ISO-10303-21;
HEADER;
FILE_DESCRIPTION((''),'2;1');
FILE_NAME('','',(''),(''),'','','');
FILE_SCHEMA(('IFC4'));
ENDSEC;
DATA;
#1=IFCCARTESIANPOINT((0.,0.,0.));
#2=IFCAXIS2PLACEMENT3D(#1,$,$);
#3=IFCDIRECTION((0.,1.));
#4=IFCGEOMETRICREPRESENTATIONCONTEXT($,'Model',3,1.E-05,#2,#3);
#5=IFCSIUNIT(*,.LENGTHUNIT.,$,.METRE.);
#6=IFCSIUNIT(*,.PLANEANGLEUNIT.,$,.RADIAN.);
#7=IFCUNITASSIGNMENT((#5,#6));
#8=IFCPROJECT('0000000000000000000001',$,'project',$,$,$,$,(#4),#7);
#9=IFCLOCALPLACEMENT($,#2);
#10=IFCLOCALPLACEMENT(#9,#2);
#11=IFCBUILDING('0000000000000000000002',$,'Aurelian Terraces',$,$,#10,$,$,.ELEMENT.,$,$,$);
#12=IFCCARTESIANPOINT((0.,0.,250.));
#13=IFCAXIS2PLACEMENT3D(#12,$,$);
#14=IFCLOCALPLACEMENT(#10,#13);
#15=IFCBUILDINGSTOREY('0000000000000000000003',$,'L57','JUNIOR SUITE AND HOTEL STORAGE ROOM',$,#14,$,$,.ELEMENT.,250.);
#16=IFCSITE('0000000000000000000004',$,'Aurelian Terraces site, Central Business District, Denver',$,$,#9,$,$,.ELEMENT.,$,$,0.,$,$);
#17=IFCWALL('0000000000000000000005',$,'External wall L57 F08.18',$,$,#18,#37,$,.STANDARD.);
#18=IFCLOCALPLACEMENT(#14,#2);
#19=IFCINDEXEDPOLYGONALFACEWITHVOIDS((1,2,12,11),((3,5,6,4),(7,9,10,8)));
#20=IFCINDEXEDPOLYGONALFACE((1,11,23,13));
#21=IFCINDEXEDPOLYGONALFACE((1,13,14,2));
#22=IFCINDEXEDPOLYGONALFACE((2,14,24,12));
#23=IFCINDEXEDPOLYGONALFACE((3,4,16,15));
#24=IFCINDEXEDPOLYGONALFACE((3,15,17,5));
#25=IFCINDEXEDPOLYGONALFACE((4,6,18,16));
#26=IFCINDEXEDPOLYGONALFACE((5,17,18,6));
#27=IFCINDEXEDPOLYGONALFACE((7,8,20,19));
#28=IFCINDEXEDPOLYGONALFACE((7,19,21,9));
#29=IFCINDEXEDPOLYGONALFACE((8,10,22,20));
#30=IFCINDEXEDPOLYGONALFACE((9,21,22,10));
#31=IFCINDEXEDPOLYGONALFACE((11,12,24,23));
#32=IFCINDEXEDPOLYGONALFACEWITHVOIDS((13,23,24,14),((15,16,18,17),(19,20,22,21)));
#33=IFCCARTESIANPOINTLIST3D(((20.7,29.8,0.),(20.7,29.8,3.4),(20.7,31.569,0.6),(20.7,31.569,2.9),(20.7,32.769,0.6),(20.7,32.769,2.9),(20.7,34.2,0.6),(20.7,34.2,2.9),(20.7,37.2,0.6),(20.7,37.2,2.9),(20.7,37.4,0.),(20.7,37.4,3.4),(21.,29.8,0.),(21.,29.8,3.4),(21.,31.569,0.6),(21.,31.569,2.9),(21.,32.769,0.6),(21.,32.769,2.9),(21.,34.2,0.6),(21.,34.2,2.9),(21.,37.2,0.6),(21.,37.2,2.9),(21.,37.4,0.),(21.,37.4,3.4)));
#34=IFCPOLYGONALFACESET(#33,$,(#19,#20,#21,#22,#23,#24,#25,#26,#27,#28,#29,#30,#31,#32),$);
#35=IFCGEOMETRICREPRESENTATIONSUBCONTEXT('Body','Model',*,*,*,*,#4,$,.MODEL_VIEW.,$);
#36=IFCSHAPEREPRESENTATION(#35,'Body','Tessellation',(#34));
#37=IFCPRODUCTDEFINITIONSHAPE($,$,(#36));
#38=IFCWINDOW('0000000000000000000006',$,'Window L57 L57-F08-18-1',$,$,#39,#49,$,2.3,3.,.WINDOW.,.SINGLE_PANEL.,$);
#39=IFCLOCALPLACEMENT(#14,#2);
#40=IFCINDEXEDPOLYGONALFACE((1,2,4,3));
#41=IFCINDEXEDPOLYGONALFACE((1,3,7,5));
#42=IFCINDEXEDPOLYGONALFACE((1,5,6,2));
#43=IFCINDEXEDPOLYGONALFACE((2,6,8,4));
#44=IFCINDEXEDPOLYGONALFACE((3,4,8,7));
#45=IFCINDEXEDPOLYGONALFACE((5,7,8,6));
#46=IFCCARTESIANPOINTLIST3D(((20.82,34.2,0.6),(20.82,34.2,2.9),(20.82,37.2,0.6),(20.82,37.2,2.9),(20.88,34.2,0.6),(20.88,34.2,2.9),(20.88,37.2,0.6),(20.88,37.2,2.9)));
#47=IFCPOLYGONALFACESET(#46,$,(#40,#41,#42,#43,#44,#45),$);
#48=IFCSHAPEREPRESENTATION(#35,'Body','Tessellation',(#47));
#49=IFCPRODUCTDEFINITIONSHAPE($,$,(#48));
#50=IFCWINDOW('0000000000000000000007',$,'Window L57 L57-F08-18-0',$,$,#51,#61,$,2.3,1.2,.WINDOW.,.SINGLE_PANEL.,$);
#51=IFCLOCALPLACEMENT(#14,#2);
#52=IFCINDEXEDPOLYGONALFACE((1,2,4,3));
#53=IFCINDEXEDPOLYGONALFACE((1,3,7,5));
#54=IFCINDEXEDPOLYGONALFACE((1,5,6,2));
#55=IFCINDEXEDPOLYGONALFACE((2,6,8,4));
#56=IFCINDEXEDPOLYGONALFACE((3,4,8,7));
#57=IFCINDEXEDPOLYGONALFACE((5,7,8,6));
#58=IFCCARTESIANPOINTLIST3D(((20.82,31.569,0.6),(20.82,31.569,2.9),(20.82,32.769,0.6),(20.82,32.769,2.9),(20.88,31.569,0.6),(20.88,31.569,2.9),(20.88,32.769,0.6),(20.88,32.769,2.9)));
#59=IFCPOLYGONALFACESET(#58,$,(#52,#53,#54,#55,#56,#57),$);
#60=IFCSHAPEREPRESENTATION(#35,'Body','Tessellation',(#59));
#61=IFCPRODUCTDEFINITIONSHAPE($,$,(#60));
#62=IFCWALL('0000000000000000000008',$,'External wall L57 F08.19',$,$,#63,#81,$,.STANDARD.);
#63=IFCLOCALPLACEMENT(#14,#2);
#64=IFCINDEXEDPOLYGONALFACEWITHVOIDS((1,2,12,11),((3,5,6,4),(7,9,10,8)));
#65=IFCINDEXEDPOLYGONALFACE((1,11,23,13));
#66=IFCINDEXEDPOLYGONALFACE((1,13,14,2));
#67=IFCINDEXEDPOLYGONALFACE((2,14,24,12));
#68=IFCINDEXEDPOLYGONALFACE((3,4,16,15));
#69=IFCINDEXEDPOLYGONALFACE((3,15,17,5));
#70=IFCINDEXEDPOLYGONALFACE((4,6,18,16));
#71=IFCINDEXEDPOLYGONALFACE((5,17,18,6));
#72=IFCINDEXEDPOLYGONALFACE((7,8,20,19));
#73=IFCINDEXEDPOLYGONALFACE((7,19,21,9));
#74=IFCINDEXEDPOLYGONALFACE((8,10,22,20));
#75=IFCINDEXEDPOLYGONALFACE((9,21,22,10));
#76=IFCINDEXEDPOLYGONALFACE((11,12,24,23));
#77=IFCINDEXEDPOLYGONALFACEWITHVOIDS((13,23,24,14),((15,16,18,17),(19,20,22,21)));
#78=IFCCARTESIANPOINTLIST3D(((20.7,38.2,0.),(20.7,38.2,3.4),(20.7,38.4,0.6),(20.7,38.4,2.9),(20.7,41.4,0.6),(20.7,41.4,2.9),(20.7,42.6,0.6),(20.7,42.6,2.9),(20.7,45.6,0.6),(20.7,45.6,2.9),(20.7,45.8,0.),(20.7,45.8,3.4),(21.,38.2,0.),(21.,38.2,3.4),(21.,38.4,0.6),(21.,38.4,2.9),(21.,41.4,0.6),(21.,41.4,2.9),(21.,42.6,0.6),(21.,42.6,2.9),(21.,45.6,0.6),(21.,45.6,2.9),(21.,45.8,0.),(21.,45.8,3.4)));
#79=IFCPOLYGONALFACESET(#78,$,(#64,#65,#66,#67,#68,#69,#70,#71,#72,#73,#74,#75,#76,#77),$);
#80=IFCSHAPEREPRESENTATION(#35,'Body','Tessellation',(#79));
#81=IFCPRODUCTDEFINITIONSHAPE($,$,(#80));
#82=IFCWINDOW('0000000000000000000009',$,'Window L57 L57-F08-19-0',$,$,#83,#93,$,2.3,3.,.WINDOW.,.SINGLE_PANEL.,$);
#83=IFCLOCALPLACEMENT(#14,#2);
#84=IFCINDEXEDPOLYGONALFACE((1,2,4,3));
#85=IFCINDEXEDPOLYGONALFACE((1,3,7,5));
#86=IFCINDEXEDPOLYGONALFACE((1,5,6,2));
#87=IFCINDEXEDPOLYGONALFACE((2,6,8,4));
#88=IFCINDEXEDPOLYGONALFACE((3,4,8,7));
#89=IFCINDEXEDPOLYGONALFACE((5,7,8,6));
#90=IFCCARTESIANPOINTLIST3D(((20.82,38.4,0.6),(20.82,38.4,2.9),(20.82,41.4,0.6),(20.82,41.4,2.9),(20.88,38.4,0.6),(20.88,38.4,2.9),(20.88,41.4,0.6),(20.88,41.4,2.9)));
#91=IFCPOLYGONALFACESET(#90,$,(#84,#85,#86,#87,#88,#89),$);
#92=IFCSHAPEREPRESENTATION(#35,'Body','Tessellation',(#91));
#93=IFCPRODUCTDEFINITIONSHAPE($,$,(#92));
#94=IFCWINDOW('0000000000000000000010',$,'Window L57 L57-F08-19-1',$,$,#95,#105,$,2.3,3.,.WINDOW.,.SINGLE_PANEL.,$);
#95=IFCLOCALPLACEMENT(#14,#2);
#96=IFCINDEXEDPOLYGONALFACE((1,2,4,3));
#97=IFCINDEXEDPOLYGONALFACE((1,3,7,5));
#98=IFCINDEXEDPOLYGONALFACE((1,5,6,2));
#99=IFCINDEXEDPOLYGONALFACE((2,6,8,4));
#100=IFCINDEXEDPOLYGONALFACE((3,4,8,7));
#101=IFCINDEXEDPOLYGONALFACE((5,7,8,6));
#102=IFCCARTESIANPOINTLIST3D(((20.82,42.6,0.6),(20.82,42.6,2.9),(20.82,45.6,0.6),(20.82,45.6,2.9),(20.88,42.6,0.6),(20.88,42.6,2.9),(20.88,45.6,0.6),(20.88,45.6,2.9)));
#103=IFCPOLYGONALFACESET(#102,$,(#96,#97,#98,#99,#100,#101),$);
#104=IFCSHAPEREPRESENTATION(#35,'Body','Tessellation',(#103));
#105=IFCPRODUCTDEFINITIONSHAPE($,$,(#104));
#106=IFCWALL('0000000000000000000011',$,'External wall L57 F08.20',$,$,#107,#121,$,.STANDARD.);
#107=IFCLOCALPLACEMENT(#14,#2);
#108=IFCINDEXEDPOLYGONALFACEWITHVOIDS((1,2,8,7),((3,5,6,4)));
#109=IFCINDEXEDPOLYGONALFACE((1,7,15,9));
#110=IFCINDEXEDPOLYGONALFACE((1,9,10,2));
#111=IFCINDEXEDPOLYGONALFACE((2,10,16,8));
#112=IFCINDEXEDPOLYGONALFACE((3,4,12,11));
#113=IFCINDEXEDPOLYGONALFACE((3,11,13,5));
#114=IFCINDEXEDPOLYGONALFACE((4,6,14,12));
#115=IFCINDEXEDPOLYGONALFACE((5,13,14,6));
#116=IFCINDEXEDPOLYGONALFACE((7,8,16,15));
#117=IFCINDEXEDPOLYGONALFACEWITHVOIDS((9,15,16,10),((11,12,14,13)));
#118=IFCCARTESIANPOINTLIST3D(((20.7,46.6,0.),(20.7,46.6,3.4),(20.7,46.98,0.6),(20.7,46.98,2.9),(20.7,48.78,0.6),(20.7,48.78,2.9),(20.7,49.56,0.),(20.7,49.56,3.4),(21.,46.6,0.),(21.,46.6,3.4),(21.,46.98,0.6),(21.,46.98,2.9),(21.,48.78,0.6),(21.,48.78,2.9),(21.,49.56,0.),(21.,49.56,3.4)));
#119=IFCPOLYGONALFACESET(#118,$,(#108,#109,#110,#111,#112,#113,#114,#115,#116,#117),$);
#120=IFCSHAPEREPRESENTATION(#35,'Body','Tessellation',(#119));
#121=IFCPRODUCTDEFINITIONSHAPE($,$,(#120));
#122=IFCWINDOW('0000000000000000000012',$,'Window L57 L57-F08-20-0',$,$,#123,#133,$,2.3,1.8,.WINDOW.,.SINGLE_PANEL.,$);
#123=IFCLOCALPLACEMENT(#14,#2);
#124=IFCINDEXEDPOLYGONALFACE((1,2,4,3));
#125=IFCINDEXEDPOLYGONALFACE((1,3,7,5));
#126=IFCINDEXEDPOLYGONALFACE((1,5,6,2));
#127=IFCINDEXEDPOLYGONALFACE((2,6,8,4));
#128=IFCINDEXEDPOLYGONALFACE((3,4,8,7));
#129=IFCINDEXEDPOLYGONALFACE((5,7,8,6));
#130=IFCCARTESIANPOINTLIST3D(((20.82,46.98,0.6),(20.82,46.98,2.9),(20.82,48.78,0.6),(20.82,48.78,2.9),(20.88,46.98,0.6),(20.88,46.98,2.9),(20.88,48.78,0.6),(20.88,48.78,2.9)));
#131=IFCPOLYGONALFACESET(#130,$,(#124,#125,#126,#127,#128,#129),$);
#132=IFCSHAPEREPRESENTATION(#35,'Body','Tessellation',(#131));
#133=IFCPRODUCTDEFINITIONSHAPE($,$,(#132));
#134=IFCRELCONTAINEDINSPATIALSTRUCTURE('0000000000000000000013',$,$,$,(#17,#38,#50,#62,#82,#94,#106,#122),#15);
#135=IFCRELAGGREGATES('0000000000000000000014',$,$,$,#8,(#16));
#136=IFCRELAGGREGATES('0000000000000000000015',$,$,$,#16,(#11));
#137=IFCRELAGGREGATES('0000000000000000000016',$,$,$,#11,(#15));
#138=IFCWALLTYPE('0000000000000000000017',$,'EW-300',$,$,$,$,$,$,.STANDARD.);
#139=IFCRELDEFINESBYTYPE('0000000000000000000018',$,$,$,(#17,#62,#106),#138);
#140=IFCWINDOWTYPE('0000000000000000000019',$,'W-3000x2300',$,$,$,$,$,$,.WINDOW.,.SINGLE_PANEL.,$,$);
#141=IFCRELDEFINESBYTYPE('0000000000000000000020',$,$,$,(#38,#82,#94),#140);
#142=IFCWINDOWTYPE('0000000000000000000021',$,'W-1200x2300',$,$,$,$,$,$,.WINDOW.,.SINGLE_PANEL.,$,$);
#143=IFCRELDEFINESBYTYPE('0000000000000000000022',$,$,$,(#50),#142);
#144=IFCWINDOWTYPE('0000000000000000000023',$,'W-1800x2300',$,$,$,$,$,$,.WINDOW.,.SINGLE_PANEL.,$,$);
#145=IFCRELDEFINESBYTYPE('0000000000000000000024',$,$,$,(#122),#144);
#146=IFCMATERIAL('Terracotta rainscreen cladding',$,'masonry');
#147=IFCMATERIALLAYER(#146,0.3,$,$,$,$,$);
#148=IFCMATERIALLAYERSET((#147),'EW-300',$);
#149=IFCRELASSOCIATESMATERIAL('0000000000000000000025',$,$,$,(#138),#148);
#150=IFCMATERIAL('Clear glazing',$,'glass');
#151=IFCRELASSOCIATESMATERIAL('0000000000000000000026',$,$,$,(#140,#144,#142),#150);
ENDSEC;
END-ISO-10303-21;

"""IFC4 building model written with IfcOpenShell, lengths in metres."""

from ifc_helpers import new_model, si_unit, direction, frame, frame_2d, origin, place, context, subcontext, project, spatial, rectangle, extrude, source, transform, mapped, material, layer, layer_set, type_object, element, fill, save


model = new_model("IFC4")

# Units and contexts
model_context = context("Model", 3, precision=1e-05, world=origin(), true_north=direction((0.0, 1.0)))
body_context = subcontext(model_context, "Body", "Model", "MODEL_VIEW")
ifc_project = project(units=[si_unit("LENGTHUNIT", "METRE"), si_unit("PLANEANGLEUNIT", "RADIAN")], contexts=[model_context])

# Site, building, storey
site_placement = place(None, origin())
site = spatial("IfcSite", under=ifc_project, at=site_placement, Name="Aurelian Terraces site, Central Business District, Denver", CompositionType="ELEMENT", RefElevation=0.0)
building_placement = place(site_placement, origin())
building = spatial("IfcBuilding", under=site, at=building_placement, Name="Aurelian Terraces", CompositionType="ELEMENT")
storey_placement = place(building_placement, frame((0.0, 0.0, 250.0)))
storey = spatial("IfcBuildingStorey", under=building, at=storey_placement, Name="L57", Description="JUNIOR SUITE AND HOTEL STORAGE ROOM", CompositionType="ELEMENT", Elevation=250.0)

# Shared definitions
ifc_material_1 = material(Name="Terracotta rainscreen cladding", Category="masonry")
ifc_layer_1 = layer(ifc_material_1, 0.3)
ifc_layer_set_1 = layer_set([ifc_layer_1], Name="EW-300")
wall_type_1 = type_object("IfcWallType", Name="EW-300", PredefinedType="STANDARD", material=ifc_layer_set_1)
shared_shape_1 = source(origin(), body_context, "Body", "SweptSolid", [
    extrude(rectangle(XDim=3.0, YDim=2.3, at=frame_2d((1.5, 1.15))), frame((0.0, 0.16, 0.0), z_axis=(0.0, -1.0, 0.0), x_axis=(1.0, 0.0, 0.0)), (0.0, 0.0, 1.0), 0.32),
])
ifc_material_2 = material(Name="Clear glazing", Category="glass")
window_type_1 = type_object("IfcWindowType", Name="W-3000x2300", PartitioningType="SINGLE_PANEL", PredefinedType="WINDOW", material=ifc_material_2)
shared_shape_2 = source(origin(), body_context, "Body", "SweptSolid", [
    extrude(rectangle(XDim=3.0, YDim=2.3, at=frame_2d((1.5, 1.15))), frame((0.0, 0.03, 0.0), z_axis=(0.0, -1.0, 0.0), x_axis=(1.0, 0.0, 0.0)), (0.0, 0.0, 1.0), 0.06),
])

# Walls, openings, windows
shared_shape_3 = source(origin(), body_context, "Body", "SweptSolid", [
    extrude(rectangle(XDim=1.8, YDim=2.3, at=frame_2d((0.9, 1.15))), frame((0.0, 0.16, 0.0), z_axis=(0.0, -1.0, 0.0), x_axis=(1.0, 0.0, 0.0)), (0.0, 0.0, 1.0), 0.32),
])
window_type_2 = type_object("IfcWindowType", Name="W-1800x2300", PartitioningType="SINGLE_PANEL", PredefinedType="WINDOW", material=ifc_material_2)
shared_shape_4 = source(origin(), body_context, "Body", "SweptSolid", [
    extrude(rectangle(XDim=1.8, YDim=2.3, at=frame_2d((0.9, 1.15))), frame((0.0, 0.03, 0.0), z_axis=(0.0, -1.0, 0.0), x_axis=(1.0, 0.0, 0.0)), (0.0, 0.0, 1.0), 0.06),
])
shared_shape_5 = source(origin(), body_context, "Body", "SweptSolid", [
    extrude(rectangle(XDim=7.6, YDim=0.3, at=frame_2d((3.8, 0.0))), origin(), (0.0, 0.0, 1.0), 3.4),
])
wall_1_placement = place(storey_placement, frame((20.85, 29.8, 0.0), z_axis=(0.0, 0.0, 1.0), x_axis=(0.0, 1.0, 0.0)))
wall_1 = element("IfcWall", 1, at=wall_1_placement, inside=storey, type_object=wall_type_1, Name="External wall L57 F08.18", PredefinedType="STANDARD", context=body_context, shape_type="MappedRepresentation", body=[
    mapped(shared_shape_5, transform((0.0, 0.0, 0.0), scale=1.0)),
])
shared_shape_6 = source(origin(), body_context, "Body", "SweptSolid", [
    extrude(rectangle(XDim=1.2, YDim=2.3, at=frame_2d((0.6, 1.15))), frame((0.0, 0.16, 0.0), z_axis=(0.0, -1.0, 0.0), x_axis=(1.0, 0.0, 0.0)), (0.0, 0.0, 1.0), 0.32),
])
opening_1_placement = place(wall_1_placement, frame((1.769, 0.0, 0.6)))
opening_1 = element("IfcOpeningElement", 2, at=opening_1_placement, cuts=wall_1, PredefinedType="OPENING", context=body_context, shape_type="MappedRepresentation", body=[
    mapped(shared_shape_6, transform((0.0, 0.0, 0.0), scale=1.0)),
])
opening_2_placement = place(wall_1_placement, frame((4.4, 0.0, 0.6)))
opening_2 = element("IfcOpeningElement", 3, at=opening_2_placement, cuts=wall_1, PredefinedType="OPENING", context=body_context, shape_type="MappedRepresentation", body=[
    mapped(shared_shape_1, transform((0.0, 0.0, 0.0), scale=1.0)),
])
window_1_placement = place(opening_2_placement, origin())
window_1 = element("IfcWindow", 4, at=window_1_placement, inside=storey, type_object=window_type_1, Name="Window L57 L57-F08-18-1", OverallHeight=2.3, OverallWidth=3.0, PartitioningType="SINGLE_PANEL", PredefinedType="WINDOW", context=body_context, shape_type="MappedRepresentation", body=[
    mapped(shared_shape_2, transform((0.0, 0.0, 0.0), scale=1.0)),
])
fill(opening_2, window_1)
window_type_3 = type_object("IfcWindowType", Name="W-1200x2300", PartitioningType="SINGLE_PANEL", PredefinedType="WINDOW", material=ifc_material_2)
shared_shape_7 = source(origin(), body_context, "Body", "SweptSolid", [
    extrude(rectangle(XDim=1.2, YDim=2.3, at=frame_2d((0.6, 1.15))), frame((0.0, 0.03, 0.0), z_axis=(0.0, -1.0, 0.0), x_axis=(1.0, 0.0, 0.0)), (0.0, 0.0, 1.0), 0.06),
])
window_2_placement = place(opening_1_placement, origin())
window_2 = element("IfcWindow", 5, at=window_2_placement, inside=storey, type_object=window_type_3, Name="Window L57 L57-F08-18-0", OverallHeight=2.3, OverallWidth=1.2, PartitioningType="SINGLE_PANEL", PredefinedType="WINDOW", context=body_context, shape_type="MappedRepresentation", body=[
    mapped(shared_shape_7, transform((0.0, 0.0, 0.0), scale=1.0)),
])
fill(opening_1, window_2)
wall_2_placement = place(storey_placement, frame((20.85, 38.2, 0.0), z_axis=(0.0, 0.0, 1.0), x_axis=(0.0, 1.0, 0.0)))
wall_2 = element("IfcWall", 6, at=wall_2_placement, inside=storey, type_object=wall_type_1, Name="External wall L57 F08.19", PredefinedType="STANDARD", context=body_context, shape_type="MappedRepresentation", body=[
    mapped(shared_shape_5, transform((0.0, 0.0, 0.0), scale=1.0)),
])
opening_3_placement = place(wall_2_placement, frame((0.2, 0.0, 0.6)))
opening_3 = element("IfcOpeningElement", 7, at=opening_3_placement, cuts=wall_2, PredefinedType="OPENING", context=body_context, shape_type="MappedRepresentation", body=[
    mapped(shared_shape_1, transform((0.0, 0.0, 0.0), scale=1.0)),
])
opening_4_placement = place(wall_2_placement, frame((4.4, 0.0, 0.6)))
opening_4 = element("IfcOpeningElement", 8, at=opening_4_placement, cuts=wall_2, PredefinedType="OPENING", context=body_context, shape_type="MappedRepresentation", body=[
    mapped(shared_shape_1, transform((0.0, 0.0, 0.0), scale=1.0)),
])
window_3_placement = place(opening_3_placement, origin())
window_3 = element("IfcWindow", 9, at=window_3_placement, inside=storey, type_object=window_type_1, Name="Window L57 L57-F08-19-0", OverallHeight=2.3, OverallWidth=3.0, PartitioningType="SINGLE_PANEL", PredefinedType="WINDOW", context=body_context, shape_type="MappedRepresentation", body=[
    mapped(shared_shape_2, transform((0.0, 0.0, 0.0), scale=1.0)),
])
fill(opening_3, window_3)
window_4_placement = place(opening_4_placement, origin())
window_4 = element("IfcWindow", 10, at=window_4_placement, inside=storey, type_object=window_type_1, Name="Window L57 L57-F08-19-1", OverallHeight=2.3, OverallWidth=3.0, PartitioningType="SINGLE_PANEL", PredefinedType="WINDOW", context=body_context, shape_type="MappedRepresentation", body=[
    mapped(shared_shape_2, transform((0.0, 0.0, 0.0), scale=1.0)),
])
fill(opening_4, window_4)

# Wall, opening, window
shared_shape_8 = source(origin(), body_context, "Body", "SweptSolid", [
    extrude(rectangle(XDim=2.96, YDim=0.3, at=frame_2d((1.48, 0.0))), origin(), (0.0, 0.0, 1.0), 3.4),
])
wall_3_placement = place(storey_placement, frame((20.85, 46.6, 0.0), z_axis=(0.0, 0.0, 1.0), x_axis=(0.0, 1.0, 0.0)))
wall_3 = element("IfcWall", 11, at=wall_3_placement, inside=storey, type_object=wall_type_1, Name="External wall L57 F08.20", PredefinedType="STANDARD", context=body_context, shape_type="MappedRepresentation", body=[
    mapped(shared_shape_8, transform((0.0, 0.0, 0.0), scale=1.0)),
])
opening_5_placement = place(wall_3_placement, frame((0.38, 0.0, 0.6)))
opening_5 = element("IfcOpeningElement", 12, at=opening_5_placement, cuts=wall_3, PredefinedType="OPENING", context=body_context, shape_type="MappedRepresentation", body=[
    mapped(shared_shape_3, transform((0.0, 0.0, 0.0), scale=1.0)),
])
window_5_placement = place(opening_5_placement, origin())
window_5 = element("IfcWindow", 13, at=window_5_placement, inside=storey, type_object=window_type_2, Name="Window L57 L57-F08-20-0", OverallHeight=2.3, OverallWidth=1.8, PartitioningType="SINGLE_PANEL", PredefinedType="WINDOW", context=body_context, shape_type="MappedRepresentation", body=[
    mapped(shared_shape_4, transform((0.0, 0.0, 0.0), scale=1.0)),
])
fill(opening_5, window_5)

save(model, "model.ifc")
